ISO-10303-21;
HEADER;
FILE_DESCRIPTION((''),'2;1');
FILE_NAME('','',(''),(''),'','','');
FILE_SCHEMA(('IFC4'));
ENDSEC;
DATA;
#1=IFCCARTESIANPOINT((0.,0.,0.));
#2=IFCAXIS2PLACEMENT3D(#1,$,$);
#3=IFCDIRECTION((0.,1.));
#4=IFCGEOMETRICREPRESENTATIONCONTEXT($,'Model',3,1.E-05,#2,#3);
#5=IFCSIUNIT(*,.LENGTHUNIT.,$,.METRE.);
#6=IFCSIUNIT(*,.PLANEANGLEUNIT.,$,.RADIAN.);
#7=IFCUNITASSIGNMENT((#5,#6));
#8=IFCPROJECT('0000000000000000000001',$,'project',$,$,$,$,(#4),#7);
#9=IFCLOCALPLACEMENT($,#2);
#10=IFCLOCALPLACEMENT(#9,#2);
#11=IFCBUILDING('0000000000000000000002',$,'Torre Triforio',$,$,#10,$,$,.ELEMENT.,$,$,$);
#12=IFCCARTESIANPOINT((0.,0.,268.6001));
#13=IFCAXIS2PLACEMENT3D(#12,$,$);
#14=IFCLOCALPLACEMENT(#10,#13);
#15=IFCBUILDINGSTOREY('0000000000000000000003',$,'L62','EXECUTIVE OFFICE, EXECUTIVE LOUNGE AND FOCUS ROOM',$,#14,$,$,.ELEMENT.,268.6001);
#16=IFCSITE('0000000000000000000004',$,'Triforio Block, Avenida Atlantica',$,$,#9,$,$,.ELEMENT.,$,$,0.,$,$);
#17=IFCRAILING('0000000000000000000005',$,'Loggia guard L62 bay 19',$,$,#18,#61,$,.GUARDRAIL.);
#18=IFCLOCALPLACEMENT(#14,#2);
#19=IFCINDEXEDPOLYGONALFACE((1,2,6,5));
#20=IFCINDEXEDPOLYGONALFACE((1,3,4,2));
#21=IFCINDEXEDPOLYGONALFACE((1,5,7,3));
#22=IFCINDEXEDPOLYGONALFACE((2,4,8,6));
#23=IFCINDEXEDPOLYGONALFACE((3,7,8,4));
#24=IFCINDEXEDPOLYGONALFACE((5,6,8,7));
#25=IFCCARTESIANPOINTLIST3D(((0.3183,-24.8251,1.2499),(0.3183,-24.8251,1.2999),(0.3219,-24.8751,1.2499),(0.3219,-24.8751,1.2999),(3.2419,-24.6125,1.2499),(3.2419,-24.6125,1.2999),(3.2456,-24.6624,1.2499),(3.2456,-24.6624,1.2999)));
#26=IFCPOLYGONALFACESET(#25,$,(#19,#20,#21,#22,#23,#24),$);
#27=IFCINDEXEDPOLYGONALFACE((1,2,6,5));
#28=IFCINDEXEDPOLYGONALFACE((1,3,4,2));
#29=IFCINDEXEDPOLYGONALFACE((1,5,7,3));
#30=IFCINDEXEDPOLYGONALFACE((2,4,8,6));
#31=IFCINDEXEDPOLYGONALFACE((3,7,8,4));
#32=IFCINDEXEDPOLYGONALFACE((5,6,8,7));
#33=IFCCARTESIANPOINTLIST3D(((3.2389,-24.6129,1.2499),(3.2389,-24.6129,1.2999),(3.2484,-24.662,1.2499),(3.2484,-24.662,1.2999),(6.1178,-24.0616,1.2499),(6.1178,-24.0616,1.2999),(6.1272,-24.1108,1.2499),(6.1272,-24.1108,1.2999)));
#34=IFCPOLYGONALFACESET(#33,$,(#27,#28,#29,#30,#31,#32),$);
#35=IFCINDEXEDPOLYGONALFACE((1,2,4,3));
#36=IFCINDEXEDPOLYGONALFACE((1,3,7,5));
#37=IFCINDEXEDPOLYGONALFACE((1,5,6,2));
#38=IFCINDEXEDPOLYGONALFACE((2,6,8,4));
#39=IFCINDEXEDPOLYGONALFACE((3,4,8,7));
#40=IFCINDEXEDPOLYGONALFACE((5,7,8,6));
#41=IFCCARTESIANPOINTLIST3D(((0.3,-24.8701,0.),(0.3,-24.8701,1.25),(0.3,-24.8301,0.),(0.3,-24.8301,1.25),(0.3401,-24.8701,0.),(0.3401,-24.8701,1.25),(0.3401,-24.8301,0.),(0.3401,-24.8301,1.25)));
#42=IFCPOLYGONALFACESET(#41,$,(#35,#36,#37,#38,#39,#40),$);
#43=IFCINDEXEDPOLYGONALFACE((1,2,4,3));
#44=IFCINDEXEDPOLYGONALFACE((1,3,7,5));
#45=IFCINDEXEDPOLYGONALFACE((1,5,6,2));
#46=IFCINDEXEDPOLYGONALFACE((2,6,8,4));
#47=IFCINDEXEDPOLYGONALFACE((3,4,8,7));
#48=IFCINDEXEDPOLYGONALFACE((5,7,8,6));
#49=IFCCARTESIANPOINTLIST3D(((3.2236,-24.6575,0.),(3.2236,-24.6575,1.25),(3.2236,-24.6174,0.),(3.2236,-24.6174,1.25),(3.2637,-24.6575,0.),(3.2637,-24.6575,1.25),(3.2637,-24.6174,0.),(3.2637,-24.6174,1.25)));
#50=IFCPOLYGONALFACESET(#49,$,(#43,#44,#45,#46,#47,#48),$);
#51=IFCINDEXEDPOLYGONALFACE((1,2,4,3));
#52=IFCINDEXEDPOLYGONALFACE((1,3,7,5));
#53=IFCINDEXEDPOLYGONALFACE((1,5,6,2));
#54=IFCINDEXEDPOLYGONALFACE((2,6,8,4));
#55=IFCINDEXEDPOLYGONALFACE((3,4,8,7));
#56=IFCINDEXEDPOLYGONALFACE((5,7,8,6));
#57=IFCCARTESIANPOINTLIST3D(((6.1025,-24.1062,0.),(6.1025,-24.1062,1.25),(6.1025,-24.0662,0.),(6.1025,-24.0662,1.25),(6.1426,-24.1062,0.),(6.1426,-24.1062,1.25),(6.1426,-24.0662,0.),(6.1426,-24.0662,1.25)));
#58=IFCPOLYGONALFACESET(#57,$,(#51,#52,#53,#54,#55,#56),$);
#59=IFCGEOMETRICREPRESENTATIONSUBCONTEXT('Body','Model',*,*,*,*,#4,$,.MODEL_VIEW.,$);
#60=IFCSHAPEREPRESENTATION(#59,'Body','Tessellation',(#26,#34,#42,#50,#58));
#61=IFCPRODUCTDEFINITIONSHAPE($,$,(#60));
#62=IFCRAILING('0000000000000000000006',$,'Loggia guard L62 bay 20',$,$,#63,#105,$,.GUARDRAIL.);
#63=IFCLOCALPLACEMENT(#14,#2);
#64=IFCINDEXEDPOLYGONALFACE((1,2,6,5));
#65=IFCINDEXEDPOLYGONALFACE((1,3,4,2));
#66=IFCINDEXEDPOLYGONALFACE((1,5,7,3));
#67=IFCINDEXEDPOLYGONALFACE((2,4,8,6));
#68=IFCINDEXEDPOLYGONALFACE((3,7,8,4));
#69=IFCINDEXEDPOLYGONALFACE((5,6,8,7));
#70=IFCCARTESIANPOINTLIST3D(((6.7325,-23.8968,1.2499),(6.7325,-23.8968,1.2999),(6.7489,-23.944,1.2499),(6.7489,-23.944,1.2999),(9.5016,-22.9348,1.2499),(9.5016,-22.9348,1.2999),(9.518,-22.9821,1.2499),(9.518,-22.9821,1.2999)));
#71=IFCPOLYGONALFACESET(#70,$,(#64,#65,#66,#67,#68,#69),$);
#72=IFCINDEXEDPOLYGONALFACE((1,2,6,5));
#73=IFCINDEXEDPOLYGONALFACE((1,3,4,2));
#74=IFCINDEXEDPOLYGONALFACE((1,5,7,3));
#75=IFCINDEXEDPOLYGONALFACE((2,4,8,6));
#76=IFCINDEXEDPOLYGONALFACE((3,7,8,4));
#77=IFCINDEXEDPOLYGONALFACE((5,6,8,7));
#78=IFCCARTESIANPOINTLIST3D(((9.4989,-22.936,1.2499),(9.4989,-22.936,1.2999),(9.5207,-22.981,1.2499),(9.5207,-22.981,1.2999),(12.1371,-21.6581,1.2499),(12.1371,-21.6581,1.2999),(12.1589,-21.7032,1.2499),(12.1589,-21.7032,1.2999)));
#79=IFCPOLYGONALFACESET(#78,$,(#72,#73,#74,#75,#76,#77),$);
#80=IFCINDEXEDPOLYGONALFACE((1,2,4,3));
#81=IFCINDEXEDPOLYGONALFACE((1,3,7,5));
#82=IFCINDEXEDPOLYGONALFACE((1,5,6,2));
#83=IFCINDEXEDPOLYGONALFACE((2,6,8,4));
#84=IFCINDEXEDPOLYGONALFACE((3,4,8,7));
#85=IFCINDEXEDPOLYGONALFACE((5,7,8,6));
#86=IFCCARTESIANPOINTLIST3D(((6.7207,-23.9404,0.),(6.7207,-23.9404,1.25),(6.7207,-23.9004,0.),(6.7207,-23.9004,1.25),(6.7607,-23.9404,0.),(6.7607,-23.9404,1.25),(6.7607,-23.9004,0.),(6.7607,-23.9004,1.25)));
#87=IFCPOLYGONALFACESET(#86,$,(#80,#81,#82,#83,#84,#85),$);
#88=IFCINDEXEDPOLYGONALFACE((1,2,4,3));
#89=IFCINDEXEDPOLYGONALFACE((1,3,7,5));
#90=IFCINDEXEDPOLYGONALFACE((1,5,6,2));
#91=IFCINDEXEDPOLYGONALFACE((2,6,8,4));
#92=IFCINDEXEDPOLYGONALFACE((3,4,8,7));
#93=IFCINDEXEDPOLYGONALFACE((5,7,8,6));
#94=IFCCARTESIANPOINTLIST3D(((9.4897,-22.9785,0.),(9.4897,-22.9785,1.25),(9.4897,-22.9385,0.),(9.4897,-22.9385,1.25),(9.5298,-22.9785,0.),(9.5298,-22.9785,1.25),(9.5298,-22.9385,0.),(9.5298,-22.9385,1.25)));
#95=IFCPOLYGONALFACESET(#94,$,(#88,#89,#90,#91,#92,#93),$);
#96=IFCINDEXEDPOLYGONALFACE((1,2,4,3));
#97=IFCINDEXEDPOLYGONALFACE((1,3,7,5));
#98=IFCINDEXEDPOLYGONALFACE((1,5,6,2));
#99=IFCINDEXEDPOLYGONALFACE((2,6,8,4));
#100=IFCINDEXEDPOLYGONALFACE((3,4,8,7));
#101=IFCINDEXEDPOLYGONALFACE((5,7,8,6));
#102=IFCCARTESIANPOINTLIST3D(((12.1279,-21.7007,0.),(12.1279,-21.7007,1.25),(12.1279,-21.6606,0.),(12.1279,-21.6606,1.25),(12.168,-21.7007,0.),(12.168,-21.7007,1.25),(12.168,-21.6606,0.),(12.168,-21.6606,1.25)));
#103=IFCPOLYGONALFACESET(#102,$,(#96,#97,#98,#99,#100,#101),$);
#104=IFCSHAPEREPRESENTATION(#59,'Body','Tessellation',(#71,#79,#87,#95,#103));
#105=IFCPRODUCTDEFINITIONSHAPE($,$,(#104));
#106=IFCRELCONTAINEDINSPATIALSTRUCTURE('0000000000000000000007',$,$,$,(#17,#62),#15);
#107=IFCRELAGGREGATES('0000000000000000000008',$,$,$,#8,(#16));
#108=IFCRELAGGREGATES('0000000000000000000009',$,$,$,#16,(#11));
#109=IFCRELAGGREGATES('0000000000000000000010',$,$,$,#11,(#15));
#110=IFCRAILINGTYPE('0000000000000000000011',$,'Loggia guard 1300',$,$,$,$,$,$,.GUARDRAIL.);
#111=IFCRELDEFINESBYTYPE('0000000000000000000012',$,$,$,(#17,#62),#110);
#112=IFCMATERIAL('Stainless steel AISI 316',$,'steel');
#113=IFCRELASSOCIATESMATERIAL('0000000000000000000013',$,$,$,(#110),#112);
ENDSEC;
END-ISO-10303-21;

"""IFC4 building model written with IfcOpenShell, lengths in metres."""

from ifc_helpers import new_model, si_unit, direction, frame, origin, origin_2d, place, context, subcontext, project, spatial, rectangle, extrude, material, type_object, element, save


model = new_model("IFC4")

# Units and contexts
model_context = context("Model", 3, precision=1e-05, world=origin(), true_north=direction((0.0, 1.0)))
body_context = subcontext(model_context, "Body", "Model", "MODEL_VIEW")
ifc_project = project(units=[si_unit("LENGTHUNIT", "METRE"), si_unit("PLANEANGLEUNIT", "RADIAN")], contexts=[model_context])

# Site, building, storey
site_placement = place(None, origin())
site = spatial("IfcSite", under=ifc_project, at=site_placement, Name="Triforio Block, Avenida Atlantica", CompositionType="ELEMENT", RefElevation=0.0)
building_placement = place(site_placement, origin())
building = spatial("IfcBuilding", under=site, at=building_placement, Name="Torre Triforio", CompositionType="ELEMENT")
storey_placement = place(building_placement, frame((0.0, 0.0, 268.6001)))
storey = spatial("IfcBuildingStorey", under=building, at=storey_placement, Name="L62", Description="EXECUTIVE OFFICE, EXECUTIVE LOUNGE AND FOCUS ROOM", CompositionType="ELEMENT", Elevation=268.6001)

# Railings
ifc_material_1 = material(Name="Stainless steel AISI 316", Category="steel")
railing_type = type_object("IfcRailingType", Name="Loggia guard 1300", PredefinedType="GUARDRAIL", material=ifc_material_1)
railing_1_placement = place(storey_placement, frame((0.3201, -24.8501, 0.0)))
element("IfcRailing", 1, at=railing_1_placement, inside=storey, type_object=railing_type, Name="Loggia guard L62 bay 19", PredefinedType="GUARDRAIL", context=body_context, shape_type="SweptSolid", body=[
    extrude(rectangle(XDim=0.05, YDim=0.05, at=origin_2d()), frame((0.0, 0.0, 1.2749), z_axis=(0.997365, 0.072543, 0.0), x_axis=(-0.072543, 0.997365, 0.0)), (0.0, 0.0, 1.0), 2.9314),
    extrude(rectangle(XDim=0.05, YDim=0.05, at=origin_2d()), frame((2.9236, 0.2126, 1.2749), z_axis=(0.982156, 0.188069, 0.0), x_axis=(-0.188069, 0.982156, 0.0)), (0.0, 0.0, 1.0), 2.9312),
    extrude(rectangle(XDim=0.04, YDim=0.04, at=origin_2d()), origin(), (0.0, 0.0, 1.0), 1.25),
    extrude(rectangle(XDim=0.04, YDim=0.04, at=origin_2d()), frame((2.9236, 0.2126, 0.0)), (0.0, 0.0, 1.0), 1.25),
    extrude(rectangle(XDim=0.04, YDim=0.04, at=origin_2d()), frame((5.8025, 0.7639, 0.0)), (0.0, 0.0, 1.0), 1.25),
])
railing_2_placement = place(storey_placement, frame((6.7407, -23.9204, 0.0)))
element("IfcRailing", 2, at=railing_2_placement, inside=storey, type_object=railing_type, Name="Loggia guard L62 bay 20", PredefinedType="GUARDRAIL", context=body_context, shape_type="SweptSolid", body=[
    extrude(rectangle(XDim=0.05, YDim=0.05, at=origin_2d()), frame((0.0, 0.0, 1.2749), z_axis=(0.944627, 0.328146, 0.0), x_axis=(-0.328146, 0.944627, 0.0)), (0.0, 0.0, 1.0), 2.9314),
    extrude(rectangle(XDim=0.05, YDim=0.05, at=origin_2d()), frame((2.769, 0.9619, 1.2749), z_axis=(0.899986, 0.435918, 0.0), x_axis=(-0.435918, 0.899986, 0.0)), (0.0, 0.0, 1.0), 2.9314),
    extrude(rectangle(XDim=0.04, YDim=0.04, at=origin_2d()), origin(), (0.0, 0.0, 1.0), 1.25),
    extrude(rectangle(XDim=0.04, YDim=0.04, at=origin_2d()), frame((2.769, 0.9619, 0.0)), (0.0, 0.0, 1.0), 1.25),
    extrude(rectangle(XDim=0.04, YDim=0.04, at=origin_2d()), frame((5.4072, 2.2397, 0.0)), (0.0, 0.0, 1.0), 1.25),
])

save(model, "model.ifc")
